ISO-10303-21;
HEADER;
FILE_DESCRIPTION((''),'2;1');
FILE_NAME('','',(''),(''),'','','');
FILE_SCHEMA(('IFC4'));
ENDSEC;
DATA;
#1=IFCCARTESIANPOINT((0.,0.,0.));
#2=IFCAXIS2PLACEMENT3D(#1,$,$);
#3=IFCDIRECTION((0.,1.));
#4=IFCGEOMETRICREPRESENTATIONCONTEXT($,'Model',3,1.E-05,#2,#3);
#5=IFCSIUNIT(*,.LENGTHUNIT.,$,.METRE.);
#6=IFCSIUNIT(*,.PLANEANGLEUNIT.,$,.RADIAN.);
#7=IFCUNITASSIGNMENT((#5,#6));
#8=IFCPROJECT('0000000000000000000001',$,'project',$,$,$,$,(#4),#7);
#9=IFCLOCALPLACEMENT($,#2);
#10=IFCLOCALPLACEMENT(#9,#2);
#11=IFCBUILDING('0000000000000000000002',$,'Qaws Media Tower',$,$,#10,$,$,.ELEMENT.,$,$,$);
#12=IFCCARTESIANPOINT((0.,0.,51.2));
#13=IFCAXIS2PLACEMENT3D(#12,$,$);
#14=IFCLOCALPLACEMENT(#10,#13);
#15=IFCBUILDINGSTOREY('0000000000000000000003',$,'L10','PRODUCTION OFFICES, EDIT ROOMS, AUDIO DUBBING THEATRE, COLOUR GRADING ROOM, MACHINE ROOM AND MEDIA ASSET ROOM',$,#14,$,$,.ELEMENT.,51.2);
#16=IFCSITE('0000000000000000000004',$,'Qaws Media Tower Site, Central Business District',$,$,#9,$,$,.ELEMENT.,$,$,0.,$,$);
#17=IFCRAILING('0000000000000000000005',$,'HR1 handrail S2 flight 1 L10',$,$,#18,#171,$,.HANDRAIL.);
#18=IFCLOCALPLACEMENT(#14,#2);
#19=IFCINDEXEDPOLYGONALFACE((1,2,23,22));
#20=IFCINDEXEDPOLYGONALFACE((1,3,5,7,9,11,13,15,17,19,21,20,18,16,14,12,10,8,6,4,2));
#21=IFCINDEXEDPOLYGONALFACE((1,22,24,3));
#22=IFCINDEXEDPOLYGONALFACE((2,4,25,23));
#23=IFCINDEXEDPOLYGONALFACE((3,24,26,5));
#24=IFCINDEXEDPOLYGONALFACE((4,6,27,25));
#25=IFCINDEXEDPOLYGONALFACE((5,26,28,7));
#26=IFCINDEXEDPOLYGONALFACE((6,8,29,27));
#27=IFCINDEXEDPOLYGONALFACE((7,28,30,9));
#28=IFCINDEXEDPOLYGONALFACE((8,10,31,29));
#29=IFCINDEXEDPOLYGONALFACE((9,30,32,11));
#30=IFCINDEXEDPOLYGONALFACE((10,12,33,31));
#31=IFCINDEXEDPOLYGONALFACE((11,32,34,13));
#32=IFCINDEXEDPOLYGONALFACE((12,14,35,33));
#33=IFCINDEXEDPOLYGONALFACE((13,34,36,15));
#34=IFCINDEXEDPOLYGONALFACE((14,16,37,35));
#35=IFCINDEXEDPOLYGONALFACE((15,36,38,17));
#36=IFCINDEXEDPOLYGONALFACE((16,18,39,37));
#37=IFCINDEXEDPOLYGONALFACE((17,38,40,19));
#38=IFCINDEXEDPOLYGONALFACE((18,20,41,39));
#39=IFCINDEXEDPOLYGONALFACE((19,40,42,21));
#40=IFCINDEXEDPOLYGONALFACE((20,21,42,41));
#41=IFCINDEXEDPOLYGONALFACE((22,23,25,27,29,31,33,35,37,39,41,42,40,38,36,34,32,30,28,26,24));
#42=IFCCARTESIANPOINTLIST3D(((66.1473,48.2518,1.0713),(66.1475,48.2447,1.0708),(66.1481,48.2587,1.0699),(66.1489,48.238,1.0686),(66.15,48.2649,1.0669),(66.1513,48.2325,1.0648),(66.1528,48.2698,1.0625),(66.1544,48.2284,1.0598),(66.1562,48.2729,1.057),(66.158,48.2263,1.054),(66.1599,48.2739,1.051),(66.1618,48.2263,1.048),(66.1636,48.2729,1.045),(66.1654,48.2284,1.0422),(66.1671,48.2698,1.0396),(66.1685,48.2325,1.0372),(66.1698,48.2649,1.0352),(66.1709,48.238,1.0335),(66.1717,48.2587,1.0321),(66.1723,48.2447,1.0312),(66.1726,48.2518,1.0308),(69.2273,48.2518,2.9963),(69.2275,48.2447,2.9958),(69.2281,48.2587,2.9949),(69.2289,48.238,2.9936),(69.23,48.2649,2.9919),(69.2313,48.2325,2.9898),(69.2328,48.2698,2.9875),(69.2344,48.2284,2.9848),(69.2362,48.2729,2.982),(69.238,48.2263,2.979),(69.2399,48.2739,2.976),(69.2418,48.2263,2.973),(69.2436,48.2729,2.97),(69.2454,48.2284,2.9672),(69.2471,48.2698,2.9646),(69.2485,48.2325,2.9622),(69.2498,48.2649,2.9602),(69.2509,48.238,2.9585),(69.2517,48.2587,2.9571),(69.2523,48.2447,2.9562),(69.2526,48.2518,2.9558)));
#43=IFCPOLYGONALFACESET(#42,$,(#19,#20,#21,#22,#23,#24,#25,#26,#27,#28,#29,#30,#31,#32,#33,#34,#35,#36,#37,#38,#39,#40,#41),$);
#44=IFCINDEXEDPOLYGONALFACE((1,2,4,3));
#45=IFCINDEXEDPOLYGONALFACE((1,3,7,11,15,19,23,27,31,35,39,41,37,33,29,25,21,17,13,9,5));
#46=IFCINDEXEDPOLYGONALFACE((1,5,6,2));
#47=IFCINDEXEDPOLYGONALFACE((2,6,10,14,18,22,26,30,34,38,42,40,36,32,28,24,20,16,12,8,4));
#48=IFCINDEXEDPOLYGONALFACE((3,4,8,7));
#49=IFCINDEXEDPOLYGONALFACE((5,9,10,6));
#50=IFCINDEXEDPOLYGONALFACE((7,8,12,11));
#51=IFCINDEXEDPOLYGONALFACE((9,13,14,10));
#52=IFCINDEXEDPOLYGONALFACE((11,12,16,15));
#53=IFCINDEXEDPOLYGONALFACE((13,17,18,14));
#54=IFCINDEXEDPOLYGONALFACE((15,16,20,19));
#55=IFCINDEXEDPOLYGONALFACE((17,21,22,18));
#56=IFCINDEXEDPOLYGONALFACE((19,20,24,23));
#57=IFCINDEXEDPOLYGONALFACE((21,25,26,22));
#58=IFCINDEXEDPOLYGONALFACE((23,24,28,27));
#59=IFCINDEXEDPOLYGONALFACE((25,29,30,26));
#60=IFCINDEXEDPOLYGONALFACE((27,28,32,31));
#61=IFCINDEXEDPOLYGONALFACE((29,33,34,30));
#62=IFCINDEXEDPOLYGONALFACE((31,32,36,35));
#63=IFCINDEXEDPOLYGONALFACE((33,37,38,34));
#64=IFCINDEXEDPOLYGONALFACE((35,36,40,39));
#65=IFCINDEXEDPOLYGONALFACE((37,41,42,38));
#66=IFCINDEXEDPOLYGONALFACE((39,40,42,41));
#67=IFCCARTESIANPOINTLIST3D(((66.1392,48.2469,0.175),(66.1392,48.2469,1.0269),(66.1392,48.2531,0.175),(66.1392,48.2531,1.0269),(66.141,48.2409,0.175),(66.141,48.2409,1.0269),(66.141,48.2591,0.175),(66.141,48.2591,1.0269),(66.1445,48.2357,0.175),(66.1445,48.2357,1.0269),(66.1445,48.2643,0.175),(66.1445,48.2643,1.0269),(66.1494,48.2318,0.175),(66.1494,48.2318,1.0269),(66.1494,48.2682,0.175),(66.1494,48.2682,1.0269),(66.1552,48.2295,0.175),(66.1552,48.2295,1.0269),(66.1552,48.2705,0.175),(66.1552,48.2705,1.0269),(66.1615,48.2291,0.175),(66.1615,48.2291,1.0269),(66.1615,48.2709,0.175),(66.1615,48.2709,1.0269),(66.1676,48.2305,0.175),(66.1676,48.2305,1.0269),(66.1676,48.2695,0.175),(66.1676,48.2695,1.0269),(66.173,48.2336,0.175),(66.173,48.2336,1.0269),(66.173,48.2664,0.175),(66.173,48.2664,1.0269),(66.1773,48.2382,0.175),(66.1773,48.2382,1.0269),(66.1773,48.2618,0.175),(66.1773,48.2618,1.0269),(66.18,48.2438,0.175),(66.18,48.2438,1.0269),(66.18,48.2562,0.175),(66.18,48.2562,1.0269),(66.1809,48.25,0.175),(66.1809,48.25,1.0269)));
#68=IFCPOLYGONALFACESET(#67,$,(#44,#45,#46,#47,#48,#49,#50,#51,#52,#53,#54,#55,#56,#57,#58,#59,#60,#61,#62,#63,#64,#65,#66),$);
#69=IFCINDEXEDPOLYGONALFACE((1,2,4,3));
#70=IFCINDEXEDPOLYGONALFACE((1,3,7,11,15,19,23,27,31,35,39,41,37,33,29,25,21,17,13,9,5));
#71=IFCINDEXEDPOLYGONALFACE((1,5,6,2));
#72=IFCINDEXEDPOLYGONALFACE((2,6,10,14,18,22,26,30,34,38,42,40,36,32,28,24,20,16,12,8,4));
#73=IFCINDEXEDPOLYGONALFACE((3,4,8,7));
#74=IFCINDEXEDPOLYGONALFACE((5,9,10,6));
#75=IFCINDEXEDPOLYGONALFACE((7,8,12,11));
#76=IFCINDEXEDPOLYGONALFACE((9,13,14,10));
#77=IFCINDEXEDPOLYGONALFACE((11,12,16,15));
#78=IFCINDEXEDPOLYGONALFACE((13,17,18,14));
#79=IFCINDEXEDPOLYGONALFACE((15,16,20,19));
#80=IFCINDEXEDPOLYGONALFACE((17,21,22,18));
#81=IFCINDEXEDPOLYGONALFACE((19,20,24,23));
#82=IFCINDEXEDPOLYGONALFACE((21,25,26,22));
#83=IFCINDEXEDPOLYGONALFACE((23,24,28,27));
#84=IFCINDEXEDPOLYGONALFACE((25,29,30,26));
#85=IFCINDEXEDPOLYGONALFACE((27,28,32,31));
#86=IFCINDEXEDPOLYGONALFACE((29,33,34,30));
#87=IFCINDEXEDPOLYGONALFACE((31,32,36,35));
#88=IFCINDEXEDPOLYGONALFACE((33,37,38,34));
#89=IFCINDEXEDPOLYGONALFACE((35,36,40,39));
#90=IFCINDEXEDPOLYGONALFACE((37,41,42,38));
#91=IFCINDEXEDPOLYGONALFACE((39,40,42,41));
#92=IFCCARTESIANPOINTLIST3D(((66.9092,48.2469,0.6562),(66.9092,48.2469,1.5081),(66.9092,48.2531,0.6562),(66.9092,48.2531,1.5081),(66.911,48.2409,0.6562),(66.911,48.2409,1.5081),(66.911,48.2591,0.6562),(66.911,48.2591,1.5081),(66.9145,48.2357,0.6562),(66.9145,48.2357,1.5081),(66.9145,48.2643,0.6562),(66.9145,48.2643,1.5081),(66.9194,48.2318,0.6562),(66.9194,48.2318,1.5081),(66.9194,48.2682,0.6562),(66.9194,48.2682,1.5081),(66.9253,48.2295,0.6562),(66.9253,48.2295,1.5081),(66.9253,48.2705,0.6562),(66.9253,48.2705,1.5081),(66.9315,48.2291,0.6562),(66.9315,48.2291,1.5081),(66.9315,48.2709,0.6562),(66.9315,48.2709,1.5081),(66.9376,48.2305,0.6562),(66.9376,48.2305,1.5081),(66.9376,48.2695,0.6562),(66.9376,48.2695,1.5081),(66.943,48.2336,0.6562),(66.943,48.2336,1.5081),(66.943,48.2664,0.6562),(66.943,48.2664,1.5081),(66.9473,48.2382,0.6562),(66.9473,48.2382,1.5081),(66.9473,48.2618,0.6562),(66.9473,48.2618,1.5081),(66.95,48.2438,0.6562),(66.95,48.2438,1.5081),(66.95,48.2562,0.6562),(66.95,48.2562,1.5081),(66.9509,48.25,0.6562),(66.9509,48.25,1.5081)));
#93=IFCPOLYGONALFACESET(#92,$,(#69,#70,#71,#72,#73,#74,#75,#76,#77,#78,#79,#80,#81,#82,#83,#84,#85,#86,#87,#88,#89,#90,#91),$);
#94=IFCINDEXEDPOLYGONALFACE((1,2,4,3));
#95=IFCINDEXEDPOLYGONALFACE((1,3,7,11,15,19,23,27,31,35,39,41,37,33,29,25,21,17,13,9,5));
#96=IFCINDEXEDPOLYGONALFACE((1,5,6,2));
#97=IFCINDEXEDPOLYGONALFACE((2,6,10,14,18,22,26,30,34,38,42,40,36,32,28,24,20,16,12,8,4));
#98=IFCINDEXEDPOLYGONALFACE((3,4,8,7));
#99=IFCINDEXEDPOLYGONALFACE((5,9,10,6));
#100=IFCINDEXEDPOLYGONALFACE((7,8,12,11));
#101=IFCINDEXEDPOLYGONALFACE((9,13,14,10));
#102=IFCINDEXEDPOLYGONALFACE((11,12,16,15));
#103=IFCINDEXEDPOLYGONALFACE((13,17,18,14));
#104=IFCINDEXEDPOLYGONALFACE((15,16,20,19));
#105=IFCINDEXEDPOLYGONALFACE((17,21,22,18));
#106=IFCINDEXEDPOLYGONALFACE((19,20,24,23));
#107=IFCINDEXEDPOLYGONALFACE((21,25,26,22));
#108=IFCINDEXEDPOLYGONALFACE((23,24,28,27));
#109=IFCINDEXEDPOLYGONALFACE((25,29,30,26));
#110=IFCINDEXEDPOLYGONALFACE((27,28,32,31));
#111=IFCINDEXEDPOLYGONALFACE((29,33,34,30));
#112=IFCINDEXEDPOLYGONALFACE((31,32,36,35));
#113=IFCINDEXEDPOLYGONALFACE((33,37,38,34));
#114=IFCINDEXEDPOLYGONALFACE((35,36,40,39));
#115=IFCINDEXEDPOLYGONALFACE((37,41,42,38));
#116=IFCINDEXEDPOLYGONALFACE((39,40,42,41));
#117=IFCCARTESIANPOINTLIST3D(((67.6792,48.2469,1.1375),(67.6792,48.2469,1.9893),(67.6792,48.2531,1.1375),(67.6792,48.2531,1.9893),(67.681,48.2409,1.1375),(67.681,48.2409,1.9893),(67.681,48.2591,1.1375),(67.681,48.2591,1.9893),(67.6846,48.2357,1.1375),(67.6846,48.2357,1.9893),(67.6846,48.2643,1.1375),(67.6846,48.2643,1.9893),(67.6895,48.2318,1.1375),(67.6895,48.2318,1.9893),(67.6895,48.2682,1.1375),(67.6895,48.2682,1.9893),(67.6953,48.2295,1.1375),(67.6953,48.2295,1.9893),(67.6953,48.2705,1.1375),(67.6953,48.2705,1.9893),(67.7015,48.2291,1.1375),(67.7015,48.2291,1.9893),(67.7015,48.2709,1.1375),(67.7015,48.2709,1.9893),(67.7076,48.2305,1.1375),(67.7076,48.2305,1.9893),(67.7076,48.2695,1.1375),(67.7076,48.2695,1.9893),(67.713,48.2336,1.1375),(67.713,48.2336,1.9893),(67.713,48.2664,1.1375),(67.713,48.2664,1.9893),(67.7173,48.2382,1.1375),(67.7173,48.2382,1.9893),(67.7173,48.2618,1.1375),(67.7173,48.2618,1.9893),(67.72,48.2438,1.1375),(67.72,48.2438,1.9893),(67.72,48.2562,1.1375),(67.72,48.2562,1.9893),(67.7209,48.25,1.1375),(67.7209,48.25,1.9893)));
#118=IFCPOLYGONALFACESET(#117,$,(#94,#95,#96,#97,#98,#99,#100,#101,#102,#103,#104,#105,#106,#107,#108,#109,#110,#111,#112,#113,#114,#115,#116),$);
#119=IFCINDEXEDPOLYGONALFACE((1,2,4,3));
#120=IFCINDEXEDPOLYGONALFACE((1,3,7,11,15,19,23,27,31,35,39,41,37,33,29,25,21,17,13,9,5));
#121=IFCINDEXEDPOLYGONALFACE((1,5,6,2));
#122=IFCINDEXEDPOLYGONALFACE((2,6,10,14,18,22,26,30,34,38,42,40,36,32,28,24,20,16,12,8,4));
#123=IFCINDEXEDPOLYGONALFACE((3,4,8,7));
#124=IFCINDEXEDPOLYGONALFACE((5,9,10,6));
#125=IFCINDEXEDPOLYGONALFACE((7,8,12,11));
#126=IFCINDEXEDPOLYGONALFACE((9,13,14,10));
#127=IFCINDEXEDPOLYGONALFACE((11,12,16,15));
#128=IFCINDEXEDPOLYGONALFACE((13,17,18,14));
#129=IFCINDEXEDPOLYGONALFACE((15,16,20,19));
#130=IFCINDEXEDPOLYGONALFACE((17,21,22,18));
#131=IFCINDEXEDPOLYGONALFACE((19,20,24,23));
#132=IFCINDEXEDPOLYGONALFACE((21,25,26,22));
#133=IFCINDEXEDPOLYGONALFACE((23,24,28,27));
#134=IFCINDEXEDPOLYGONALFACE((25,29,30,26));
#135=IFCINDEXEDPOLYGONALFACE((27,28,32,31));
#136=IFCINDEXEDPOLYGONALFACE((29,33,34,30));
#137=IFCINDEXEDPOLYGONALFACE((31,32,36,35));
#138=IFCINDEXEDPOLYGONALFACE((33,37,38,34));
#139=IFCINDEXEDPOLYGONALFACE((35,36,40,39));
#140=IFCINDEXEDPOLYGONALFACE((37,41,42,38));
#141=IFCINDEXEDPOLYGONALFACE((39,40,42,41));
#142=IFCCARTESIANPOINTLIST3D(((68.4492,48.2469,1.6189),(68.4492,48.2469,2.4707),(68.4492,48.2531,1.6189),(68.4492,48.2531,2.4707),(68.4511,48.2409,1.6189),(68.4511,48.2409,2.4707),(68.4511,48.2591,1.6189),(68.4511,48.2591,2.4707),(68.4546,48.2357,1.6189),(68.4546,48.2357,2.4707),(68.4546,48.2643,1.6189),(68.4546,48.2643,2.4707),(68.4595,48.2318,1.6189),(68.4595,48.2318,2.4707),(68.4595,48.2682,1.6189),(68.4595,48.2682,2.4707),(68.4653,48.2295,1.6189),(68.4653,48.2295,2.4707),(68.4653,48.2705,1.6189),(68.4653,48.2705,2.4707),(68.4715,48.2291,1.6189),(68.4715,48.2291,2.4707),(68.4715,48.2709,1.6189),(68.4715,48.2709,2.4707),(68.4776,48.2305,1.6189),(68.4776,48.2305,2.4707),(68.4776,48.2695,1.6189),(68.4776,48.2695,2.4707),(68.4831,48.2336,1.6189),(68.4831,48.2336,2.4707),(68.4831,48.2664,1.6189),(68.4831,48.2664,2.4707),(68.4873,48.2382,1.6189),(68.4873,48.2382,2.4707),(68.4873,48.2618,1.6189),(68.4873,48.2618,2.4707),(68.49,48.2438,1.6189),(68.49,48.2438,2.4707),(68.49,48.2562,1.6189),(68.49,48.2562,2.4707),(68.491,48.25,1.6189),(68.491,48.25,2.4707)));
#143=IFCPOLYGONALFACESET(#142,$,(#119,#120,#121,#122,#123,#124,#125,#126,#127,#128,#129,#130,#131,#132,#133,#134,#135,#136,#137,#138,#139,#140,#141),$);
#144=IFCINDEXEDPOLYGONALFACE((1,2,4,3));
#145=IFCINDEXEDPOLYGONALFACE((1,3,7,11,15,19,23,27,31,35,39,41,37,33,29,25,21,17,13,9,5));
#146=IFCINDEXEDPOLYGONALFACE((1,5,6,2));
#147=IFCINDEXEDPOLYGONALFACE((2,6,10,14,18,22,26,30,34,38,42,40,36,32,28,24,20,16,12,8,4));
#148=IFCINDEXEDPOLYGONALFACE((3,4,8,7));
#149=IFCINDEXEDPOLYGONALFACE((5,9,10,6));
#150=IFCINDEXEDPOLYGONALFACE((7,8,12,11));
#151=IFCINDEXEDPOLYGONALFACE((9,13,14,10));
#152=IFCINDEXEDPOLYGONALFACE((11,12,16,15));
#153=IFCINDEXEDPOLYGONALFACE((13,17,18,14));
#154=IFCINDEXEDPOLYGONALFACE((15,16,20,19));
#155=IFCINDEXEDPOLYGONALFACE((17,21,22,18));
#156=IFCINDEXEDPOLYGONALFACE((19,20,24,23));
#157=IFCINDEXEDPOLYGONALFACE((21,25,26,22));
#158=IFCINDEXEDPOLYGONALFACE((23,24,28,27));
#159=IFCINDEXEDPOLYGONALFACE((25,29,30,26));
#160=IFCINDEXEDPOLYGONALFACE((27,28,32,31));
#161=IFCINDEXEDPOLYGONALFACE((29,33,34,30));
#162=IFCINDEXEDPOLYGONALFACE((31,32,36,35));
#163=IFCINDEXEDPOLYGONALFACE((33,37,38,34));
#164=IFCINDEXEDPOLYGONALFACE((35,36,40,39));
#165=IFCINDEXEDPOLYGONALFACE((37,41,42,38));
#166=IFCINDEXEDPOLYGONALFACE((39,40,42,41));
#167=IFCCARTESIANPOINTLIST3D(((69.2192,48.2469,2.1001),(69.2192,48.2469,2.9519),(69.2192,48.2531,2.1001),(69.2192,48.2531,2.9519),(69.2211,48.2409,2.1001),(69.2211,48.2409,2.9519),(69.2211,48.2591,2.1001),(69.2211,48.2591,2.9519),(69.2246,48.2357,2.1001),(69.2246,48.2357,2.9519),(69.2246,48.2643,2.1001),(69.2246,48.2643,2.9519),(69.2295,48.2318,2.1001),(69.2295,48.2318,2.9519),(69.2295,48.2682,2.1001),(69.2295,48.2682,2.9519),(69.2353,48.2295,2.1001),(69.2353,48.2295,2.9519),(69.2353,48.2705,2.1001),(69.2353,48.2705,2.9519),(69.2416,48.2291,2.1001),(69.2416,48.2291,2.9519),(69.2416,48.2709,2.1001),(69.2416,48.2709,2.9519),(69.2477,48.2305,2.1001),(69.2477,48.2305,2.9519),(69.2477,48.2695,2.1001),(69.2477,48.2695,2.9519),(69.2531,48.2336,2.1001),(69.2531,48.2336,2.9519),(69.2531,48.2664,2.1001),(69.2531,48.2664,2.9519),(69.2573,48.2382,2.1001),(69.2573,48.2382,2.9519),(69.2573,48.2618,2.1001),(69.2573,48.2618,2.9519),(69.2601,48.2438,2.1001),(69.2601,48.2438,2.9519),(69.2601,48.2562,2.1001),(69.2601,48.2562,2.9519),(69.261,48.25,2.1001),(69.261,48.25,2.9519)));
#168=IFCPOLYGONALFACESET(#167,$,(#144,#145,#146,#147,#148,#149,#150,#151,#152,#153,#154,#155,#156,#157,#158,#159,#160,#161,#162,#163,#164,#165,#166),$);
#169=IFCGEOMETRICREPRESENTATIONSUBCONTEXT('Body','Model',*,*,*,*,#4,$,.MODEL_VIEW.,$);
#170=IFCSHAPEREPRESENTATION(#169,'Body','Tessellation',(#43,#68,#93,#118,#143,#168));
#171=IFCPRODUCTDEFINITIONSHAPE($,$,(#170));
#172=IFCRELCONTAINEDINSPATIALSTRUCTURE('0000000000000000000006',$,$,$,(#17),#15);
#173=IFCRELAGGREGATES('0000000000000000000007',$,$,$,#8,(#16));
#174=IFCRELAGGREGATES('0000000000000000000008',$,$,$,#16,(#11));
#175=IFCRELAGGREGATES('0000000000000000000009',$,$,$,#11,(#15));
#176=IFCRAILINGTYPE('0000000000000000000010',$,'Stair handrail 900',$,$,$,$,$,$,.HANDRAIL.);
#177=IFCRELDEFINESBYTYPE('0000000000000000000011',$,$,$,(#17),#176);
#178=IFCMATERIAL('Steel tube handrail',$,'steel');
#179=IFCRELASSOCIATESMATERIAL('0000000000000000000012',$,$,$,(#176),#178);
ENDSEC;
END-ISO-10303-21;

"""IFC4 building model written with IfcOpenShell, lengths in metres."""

from ifc_helpers import new_model, si_unit, direction, frame, origin, origin_2d, place, context, subcontext, project, spatial, circle, extrude, material, type_object, element, save


model = new_model("IFC4")

# Units and contexts
model_context = context("Model", 3, precision=1e-05, world=origin(), true_north=direction((0.0, 1.0)))
body_context = subcontext(model_context, "Body", "Model", "MODEL_VIEW")
ifc_project = project(units=[si_unit("LENGTHUNIT", "METRE"), si_unit("PLANEANGLEUNIT", "RADIAN")], contexts=[model_context])

# Site, building, storey
site_placement = place(None, origin())
site = spatial("IfcSite", under=ifc_project, at=site_placement, Name="Qaws Media Tower Site, Central Business District", CompositionType="ELEMENT", RefElevation=0.0)
building_placement = place(site_placement, origin())
building = spatial("IfcBuilding", under=site, at=building_placement, Name="Qaws Media Tower", CompositionType="ELEMENT")
storey_placement = place(building_placement, frame((0.0, 0.0, 51.2)))
storey = spatial("IfcBuildingStorey", under=building, at=storey_placement, Name="L10", Description="PRODUCTION OFFICES, EDIT ROOMS, AUDIO DUBBING THEATRE, COLOUR GRADING ROOM, MACHINE ROOM AND MEDIA ASSET ROOM", CompositionType="ELEMENT", Elevation=51.2)

# Railing
ifc_material_1 = material(Name="Steel tube handrail", Category="steel")
railing_type = type_object("IfcRailingType", Name="Stair handrail 900", PredefinedType="HANDRAIL", material=ifc_material_1)
railing_placement = place(storey_placement, frame((66.1599, 48.25, 0.175)))
element("IfcRailing", 1, at=railing_placement, inside=storey, type_object=railing_type, Name="HR1 handrail S2 flight 1 L10", PredefinedType="HANDRAIL", context=body_context, shape_type="SweptSolid", body=[
    extrude(circle(Radius=0.0239, at=origin_2d()), frame((0.0, 0.0, 0.876), z_axis=(0.847998, 0.0, 0.529999), x_axis=(0.0, 1.0, 0.0)), (0.0, 0.0, 1.0), 3.6321),
    extrude(circle(Radius=0.021, at=origin_2d()), origin(), (0.0, 0.0, 1.0), 0.8518),
    extrude(circle(Radius=0.021, at=origin_2d()), frame((0.77, 0.0, 0.4812)), (0.0, 0.0, 1.0), 0.8518),
    extrude(circle(Radius=0.021, at=origin_2d()), frame((1.54, 0.0, 0.9624)), (0.0, 0.0, 1.0), 0.8518),
    extrude(circle(Radius=0.021, at=origin_2d()), frame((2.3101, 0.0, 1.4438)), (0.0, 0.0, 1.0), 0.8518),
    extrude(circle(Radius=0.021, at=origin_2d()), frame((3.0801, 0.0, 1.925)), (0.0, 0.0, 1.0), 0.8518),
])

save(model, "model.ifc")
